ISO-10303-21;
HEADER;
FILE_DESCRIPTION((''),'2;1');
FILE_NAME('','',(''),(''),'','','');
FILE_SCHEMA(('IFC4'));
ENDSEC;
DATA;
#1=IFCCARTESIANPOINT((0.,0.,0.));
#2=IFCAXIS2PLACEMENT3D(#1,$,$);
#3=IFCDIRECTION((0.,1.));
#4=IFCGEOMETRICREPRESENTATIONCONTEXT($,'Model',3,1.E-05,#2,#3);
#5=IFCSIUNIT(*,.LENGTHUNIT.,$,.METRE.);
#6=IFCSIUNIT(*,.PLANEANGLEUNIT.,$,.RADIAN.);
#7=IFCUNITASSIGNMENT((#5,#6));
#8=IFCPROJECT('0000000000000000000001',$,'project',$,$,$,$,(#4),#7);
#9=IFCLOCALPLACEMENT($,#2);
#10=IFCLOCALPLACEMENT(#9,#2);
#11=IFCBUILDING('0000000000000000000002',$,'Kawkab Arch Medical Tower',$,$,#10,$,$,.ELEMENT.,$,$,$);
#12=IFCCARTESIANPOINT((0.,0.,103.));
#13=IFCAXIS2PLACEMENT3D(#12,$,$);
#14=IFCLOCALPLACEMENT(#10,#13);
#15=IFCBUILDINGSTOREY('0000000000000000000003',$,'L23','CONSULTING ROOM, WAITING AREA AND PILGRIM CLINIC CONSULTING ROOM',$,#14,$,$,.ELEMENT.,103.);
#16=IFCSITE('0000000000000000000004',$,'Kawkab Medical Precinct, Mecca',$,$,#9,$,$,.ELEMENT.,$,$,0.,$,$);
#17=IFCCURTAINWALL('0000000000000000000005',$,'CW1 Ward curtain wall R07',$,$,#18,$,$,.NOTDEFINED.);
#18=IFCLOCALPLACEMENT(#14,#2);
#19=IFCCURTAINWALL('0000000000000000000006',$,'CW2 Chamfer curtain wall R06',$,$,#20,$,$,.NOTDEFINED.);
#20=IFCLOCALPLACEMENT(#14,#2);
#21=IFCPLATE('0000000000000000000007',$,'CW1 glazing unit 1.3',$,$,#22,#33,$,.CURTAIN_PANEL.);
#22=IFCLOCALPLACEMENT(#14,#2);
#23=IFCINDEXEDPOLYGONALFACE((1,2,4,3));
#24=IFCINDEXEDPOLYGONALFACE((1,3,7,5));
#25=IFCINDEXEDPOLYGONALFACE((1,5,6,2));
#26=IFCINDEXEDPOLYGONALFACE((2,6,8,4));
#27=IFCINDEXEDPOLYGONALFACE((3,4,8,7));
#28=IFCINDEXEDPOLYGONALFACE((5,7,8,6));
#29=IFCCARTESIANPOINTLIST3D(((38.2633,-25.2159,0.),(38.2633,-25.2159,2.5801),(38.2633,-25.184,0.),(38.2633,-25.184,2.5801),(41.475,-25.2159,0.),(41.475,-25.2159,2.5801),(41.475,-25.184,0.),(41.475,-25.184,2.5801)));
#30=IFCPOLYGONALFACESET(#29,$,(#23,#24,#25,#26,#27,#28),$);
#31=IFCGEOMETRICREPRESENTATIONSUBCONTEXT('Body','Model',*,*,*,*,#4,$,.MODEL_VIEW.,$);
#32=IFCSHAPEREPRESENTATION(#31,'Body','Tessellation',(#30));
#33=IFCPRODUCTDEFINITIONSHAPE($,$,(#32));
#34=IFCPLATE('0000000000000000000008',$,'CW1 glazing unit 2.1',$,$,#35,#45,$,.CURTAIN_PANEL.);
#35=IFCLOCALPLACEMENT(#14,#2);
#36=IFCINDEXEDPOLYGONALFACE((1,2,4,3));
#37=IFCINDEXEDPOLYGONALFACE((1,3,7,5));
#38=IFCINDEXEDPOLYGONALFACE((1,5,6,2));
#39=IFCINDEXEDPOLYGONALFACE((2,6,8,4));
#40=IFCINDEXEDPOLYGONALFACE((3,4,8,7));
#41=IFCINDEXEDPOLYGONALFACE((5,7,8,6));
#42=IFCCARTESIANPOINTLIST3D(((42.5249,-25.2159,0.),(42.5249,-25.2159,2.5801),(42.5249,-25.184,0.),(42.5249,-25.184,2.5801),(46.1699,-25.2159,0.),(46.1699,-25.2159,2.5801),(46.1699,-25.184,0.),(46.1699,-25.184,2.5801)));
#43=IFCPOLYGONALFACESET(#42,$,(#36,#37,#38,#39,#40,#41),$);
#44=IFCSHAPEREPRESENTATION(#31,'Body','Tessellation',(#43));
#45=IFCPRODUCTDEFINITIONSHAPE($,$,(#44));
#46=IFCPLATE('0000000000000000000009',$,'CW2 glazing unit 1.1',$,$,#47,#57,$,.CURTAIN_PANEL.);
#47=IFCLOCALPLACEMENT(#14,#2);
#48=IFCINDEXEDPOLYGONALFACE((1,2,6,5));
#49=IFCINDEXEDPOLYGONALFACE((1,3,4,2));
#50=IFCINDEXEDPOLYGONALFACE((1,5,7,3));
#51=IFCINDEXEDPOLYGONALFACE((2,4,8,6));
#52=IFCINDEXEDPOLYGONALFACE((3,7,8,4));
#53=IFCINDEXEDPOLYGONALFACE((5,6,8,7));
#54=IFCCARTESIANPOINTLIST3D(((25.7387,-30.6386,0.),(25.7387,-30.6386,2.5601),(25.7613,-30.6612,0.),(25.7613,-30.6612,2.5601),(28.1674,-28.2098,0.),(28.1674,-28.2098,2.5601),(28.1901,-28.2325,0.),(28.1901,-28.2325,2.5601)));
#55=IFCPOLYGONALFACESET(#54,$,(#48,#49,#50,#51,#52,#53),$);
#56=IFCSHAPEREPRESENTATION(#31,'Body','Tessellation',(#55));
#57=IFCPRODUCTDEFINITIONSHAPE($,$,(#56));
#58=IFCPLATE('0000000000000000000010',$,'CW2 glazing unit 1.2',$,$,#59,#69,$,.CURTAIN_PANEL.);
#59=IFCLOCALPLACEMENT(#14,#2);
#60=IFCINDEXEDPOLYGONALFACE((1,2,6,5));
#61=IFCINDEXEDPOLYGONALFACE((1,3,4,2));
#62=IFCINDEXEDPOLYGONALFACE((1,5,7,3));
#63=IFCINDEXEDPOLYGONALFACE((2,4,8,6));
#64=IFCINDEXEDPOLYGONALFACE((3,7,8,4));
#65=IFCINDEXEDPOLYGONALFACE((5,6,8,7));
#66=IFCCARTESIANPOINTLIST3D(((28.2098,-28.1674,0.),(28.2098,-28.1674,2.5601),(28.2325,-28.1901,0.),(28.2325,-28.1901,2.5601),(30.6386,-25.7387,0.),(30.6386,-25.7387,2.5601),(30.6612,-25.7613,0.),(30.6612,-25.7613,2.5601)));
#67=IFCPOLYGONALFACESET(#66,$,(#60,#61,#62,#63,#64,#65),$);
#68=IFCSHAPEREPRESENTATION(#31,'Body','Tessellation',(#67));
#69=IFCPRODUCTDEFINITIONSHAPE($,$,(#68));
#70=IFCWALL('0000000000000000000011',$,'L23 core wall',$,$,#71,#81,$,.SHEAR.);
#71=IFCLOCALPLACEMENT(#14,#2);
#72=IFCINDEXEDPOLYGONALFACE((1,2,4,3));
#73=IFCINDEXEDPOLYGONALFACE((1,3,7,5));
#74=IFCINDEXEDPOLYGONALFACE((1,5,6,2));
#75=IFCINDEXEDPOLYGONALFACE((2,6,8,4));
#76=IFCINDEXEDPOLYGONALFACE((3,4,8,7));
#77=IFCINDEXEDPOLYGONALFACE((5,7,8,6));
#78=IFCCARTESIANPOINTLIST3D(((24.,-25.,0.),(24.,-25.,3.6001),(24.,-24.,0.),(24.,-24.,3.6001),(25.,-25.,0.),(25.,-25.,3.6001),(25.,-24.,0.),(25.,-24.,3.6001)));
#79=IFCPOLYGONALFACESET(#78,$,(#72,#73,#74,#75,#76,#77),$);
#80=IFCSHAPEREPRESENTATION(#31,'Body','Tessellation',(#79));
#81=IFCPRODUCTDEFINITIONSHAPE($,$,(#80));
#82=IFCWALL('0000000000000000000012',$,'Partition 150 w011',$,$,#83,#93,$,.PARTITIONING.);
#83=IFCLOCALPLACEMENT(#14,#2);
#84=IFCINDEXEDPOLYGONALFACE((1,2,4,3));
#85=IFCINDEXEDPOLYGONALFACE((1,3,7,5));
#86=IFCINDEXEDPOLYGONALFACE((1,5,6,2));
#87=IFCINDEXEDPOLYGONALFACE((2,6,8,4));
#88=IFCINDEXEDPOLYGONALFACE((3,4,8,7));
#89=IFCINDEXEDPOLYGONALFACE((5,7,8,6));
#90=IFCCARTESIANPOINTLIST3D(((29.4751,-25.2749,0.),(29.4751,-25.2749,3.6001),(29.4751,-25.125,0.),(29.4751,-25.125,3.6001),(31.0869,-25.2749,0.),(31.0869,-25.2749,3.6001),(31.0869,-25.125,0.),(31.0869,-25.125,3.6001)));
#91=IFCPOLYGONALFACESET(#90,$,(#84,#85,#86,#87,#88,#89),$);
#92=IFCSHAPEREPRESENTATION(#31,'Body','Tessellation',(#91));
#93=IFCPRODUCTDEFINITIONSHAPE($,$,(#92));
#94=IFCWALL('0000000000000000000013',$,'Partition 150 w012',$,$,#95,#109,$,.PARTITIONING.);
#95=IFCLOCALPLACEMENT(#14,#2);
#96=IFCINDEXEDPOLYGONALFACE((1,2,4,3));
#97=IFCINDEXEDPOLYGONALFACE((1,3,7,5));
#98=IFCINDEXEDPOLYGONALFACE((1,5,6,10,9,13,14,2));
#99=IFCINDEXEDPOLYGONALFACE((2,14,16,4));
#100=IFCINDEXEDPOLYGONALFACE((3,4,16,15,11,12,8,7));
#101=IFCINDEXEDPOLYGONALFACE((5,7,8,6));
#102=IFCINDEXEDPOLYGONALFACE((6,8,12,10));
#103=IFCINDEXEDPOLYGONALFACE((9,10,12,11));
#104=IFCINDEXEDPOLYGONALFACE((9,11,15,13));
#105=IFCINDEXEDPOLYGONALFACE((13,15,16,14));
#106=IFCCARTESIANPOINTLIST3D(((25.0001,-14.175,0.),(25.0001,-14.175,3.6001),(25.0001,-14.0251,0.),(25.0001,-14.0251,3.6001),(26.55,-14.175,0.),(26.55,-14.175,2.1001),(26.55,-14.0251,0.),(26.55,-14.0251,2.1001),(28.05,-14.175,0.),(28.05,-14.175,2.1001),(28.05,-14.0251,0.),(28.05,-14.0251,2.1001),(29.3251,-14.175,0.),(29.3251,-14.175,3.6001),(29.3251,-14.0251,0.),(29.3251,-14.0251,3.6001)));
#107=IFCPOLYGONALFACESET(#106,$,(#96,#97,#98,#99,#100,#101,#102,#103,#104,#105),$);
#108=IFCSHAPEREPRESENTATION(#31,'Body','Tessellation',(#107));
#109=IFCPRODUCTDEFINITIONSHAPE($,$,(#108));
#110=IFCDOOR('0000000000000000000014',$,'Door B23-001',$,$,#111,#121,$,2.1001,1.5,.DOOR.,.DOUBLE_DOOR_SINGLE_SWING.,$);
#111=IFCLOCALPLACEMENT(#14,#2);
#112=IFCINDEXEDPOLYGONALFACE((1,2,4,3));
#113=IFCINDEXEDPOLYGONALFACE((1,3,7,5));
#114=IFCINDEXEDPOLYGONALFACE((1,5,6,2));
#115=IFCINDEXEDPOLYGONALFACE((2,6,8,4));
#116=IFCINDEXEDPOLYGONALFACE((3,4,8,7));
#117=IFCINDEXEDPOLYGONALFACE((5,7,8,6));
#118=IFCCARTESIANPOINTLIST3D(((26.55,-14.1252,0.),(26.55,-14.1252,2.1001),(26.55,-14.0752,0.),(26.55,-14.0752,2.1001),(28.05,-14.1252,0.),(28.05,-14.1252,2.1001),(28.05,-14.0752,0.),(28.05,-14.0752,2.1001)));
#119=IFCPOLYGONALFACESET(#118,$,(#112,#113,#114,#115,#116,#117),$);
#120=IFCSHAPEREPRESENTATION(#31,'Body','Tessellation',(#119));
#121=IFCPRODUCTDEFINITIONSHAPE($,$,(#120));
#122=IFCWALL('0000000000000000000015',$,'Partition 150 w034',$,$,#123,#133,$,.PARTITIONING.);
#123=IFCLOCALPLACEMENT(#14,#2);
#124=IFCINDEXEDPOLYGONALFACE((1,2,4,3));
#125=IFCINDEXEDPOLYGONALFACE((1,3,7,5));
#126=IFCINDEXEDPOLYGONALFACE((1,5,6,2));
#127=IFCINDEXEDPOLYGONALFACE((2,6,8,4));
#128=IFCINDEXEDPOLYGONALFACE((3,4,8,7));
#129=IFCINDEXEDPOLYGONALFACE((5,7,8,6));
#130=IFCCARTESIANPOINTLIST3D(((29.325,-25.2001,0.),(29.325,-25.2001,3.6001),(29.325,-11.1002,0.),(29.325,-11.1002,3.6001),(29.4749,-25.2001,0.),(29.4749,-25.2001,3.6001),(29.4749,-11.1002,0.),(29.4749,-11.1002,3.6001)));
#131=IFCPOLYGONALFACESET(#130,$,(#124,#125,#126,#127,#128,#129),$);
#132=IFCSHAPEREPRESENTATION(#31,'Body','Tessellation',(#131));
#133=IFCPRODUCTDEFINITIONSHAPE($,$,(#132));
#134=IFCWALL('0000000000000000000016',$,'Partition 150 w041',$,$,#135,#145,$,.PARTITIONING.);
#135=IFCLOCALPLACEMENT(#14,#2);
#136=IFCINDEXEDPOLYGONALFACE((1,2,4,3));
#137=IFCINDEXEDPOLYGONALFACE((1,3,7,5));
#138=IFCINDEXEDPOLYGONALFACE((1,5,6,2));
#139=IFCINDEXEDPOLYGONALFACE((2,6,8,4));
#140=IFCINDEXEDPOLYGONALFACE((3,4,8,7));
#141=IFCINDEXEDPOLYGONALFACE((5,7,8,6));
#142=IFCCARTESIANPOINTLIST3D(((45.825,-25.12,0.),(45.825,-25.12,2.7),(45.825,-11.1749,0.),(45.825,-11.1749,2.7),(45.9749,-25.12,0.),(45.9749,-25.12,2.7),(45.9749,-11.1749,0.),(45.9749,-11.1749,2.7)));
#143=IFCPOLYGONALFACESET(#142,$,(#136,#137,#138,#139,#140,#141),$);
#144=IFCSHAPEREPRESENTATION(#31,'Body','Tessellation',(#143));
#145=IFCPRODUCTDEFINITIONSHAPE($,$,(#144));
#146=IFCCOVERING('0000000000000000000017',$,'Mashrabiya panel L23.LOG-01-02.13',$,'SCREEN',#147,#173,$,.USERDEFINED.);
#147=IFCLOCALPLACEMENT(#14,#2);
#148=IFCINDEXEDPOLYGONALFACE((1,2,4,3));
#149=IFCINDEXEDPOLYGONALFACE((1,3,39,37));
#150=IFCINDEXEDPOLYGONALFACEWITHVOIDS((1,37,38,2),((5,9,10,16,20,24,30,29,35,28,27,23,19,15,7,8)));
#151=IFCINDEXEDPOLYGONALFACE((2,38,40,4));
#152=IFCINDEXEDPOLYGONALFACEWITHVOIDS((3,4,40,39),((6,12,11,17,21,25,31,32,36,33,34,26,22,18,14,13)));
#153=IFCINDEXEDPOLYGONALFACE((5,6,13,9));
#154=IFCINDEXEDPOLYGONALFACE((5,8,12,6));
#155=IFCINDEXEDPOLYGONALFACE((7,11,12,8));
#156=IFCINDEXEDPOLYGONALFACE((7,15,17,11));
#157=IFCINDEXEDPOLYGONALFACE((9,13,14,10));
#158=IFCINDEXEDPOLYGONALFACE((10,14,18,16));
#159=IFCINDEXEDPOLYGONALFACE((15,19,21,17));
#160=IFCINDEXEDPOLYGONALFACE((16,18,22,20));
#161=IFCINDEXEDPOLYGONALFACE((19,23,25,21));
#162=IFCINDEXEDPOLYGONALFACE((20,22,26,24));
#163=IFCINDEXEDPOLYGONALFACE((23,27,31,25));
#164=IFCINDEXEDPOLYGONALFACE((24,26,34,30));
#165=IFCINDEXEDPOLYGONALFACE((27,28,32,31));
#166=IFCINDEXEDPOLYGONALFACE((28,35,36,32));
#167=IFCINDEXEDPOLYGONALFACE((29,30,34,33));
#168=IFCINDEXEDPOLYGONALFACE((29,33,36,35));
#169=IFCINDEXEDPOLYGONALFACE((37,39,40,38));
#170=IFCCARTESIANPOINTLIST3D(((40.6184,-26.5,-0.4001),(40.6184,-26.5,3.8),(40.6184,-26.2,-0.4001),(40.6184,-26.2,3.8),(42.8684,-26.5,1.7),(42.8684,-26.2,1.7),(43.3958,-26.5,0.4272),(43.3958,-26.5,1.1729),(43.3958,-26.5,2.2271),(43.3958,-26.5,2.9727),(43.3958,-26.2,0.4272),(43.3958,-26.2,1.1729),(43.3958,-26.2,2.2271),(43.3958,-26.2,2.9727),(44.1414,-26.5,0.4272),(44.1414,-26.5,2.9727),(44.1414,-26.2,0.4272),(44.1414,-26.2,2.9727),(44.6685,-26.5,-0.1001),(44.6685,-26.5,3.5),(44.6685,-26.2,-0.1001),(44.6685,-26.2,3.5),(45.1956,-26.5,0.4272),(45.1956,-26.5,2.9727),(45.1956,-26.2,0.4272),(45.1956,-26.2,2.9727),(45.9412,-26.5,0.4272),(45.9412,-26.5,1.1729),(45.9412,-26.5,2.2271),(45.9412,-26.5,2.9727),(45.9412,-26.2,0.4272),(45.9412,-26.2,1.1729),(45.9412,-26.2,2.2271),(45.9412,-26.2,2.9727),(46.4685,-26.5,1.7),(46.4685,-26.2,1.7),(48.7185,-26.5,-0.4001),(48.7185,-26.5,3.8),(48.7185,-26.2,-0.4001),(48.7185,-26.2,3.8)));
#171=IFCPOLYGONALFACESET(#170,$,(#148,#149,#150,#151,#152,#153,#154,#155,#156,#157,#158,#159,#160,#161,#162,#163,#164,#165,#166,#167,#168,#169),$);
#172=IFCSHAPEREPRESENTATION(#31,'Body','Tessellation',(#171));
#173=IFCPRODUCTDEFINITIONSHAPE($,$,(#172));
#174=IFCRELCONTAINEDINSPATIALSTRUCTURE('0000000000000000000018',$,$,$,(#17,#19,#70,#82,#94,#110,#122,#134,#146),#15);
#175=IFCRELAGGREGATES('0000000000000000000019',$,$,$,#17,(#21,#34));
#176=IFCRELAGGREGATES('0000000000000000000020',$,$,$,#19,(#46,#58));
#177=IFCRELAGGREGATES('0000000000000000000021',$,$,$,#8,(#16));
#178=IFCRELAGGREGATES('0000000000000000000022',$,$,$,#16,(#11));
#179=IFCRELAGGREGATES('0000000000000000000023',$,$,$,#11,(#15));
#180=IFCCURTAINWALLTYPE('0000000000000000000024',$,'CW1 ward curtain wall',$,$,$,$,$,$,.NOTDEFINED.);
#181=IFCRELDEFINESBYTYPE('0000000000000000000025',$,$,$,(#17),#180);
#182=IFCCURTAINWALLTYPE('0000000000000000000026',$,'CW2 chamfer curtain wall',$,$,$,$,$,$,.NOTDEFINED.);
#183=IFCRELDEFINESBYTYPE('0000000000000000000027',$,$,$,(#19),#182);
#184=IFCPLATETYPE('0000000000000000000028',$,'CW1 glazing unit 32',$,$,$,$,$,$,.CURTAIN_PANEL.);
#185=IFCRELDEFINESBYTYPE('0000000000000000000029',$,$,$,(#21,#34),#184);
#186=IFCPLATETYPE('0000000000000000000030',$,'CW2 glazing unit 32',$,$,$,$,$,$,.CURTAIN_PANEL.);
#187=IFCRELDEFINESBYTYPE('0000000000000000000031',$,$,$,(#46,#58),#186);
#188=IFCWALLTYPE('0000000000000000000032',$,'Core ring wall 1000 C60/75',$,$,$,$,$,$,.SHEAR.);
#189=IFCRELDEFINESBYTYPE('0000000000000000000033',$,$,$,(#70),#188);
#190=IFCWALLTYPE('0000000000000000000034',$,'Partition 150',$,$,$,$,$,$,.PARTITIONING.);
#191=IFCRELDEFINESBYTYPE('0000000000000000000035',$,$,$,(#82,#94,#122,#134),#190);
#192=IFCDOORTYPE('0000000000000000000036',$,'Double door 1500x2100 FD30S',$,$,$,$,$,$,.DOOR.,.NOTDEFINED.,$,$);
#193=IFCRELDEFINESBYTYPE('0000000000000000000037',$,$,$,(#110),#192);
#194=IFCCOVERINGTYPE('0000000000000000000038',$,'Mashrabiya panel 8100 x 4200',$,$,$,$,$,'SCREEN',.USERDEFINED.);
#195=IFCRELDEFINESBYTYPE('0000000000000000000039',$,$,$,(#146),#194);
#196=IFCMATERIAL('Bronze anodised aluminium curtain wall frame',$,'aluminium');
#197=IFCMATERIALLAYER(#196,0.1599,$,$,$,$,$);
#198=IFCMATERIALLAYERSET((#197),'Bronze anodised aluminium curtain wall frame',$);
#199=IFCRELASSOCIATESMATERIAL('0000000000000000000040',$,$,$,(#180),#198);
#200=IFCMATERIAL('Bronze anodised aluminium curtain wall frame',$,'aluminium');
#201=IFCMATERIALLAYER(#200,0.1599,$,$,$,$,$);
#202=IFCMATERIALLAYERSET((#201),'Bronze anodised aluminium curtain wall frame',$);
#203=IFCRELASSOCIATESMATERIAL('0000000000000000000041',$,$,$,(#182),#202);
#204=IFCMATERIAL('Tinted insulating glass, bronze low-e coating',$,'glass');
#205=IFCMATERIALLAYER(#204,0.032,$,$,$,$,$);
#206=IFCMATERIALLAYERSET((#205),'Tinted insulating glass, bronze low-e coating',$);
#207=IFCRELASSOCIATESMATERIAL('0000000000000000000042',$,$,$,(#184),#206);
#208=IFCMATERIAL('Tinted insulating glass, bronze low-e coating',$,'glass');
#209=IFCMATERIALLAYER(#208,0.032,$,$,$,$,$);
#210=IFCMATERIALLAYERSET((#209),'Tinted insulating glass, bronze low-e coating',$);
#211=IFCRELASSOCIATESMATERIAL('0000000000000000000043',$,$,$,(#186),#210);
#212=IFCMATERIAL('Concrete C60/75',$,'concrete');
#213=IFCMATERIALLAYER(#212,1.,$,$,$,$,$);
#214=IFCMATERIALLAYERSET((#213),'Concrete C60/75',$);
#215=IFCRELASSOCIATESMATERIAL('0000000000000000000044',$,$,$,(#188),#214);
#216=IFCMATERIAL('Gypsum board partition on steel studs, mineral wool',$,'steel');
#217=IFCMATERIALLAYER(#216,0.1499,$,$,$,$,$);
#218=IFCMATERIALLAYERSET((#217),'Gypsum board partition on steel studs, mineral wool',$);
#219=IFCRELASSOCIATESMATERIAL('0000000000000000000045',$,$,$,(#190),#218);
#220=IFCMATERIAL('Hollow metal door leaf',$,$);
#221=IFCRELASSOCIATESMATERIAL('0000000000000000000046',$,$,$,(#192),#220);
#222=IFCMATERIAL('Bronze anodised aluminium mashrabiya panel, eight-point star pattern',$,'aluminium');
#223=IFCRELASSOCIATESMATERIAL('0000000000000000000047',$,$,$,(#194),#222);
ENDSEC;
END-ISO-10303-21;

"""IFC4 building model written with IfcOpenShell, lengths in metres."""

from ifc_helpers import new_model, si_unit, direction, frame, frame_2d, origin, origin_2d, place, context, subcontext, project, spatial, polyline, rectangle, outline, extrude, material, layer, layer_set, material_profile, profile_set, type_object, element, fill, aggregate, save


model = new_model("IFC4")

# Units and contexts
model_context = context("Model", 3, precision=1e-05, world=origin(), true_north=direction((0.0, 1.0)))
body_context = subcontext(model_context, "Body", "Model", "MODEL_VIEW")
ifc_project = project(units=[si_unit("LENGTHUNIT", "METRE"), si_unit("PLANEANGLEUNIT", "RADIAN")], contexts=[model_context])

# Site, building, storey
site_placement = place(None, origin())
site = spatial("IfcSite", under=ifc_project, at=site_placement, Name="Kawkab Medical Precinct, Mecca", CompositionType="ELEMENT", RefElevation=0.0)
building_placement = place(site_placement, origin())
building = spatial("IfcBuilding", under=site, at=building_placement, Name="Kawkab Arch Medical Tower", CompositionType="ELEMENT")
storey_placement = place(building_placement, frame((0.0, 0.0, 103.0)))
storey = spatial("IfcBuildingStorey", under=building, at=storey_placement, Name="L23", Description="CONSULTING ROOM, WAITING AREA AND PILGRIM CLINIC CONSULTING ROOM", CompositionType="ELEMENT", Elevation=103.0)

# Curtain wall
ifc_material_1 = material(Name="Bronze anodised aluminium curtain wall frame", Category="aluminium")
ifc_layer_1 = layer(ifc_material_1, 0.1599)
ifc_layer_set_1 = layer_set([ifc_layer_1], Name="Bronze anodised aluminium curtain wall frame")
curtain_wall_type_1 = type_object("IfcCurtainWallType", Name="CW1 ward curtain wall", PredefinedType="NOTDEFINED", material=ifc_layer_set_1)
placement = place(storey_placement, origin())
curtain_wall_1 = element("IfcCurtainWall", 1, at=placement, inside=storey, type_object=curtain_wall_type_1, Name="CW1 Ward curtain wall R07", PredefinedType="NOTDEFINED")

# Curtain wall
ifc_material_2 = material(Name="Bronze anodised aluminium curtain wall frame", Category="aluminium")
ifc_layer_2 = layer(ifc_material_2, 0.1599)
ifc_layer_set_2 = layer_set([ifc_layer_2], Name="Bronze anodised aluminium curtain wall frame")
curtain_wall_type_2 = type_object("IfcCurtainWallType", Name="CW2 chamfer curtain wall", PredefinedType="NOTDEFINED", material=ifc_layer_set_2)
curtain_wall_2 = element("IfcCurtainWall", 2, at=placement, inside=storey, type_object=curtain_wall_type_2, Name="CW2 Chamfer curtain wall R06", PredefinedType="NOTDEFINED")

# Plates
ifc_material_3 = material(Name="Tinted insulating glass, bronze low-e coating", Category="glass")
ifc_layer_3 = layer(ifc_material_3, 0.032)
ifc_layer_set_3 = layer_set([ifc_layer_3], Name="Tinted insulating glass, bronze low-e coating")
plate_type_1 = type_object("IfcPlateType", Name="CW1 glazing unit 32", PredefinedType="CURTAIN_PANEL", material=ifc_layer_set_3)
plate_1_placement = place(storey_placement, frame((39.8691, -25.2, 0.0), z_axis=(0.0, 0.0, 1.0), x_axis=(1.0, 0.0, 0.0)))
plate_1 = element("IfcPlate", 3, at=plate_1_placement, type_object=plate_type_1, Name="CW1 glazing unit 1.3", PredefinedType="CURTAIN_PANEL", context=body_context, shape_type="SweptSolid", body=[
    extrude(rectangle(XDim=3.2117, YDim=0.032, at=origin_2d()), origin(), (0.0, 0.0, 1.0), 2.5801),
])
plate_2_placement = place(storey_placement, frame((44.3474, -25.2, 0.0), z_axis=(0.0, 0.0, 1.0), x_axis=(1.0, 0.0, 0.0)))
plate_2 = element("IfcPlate", 4, at=plate_2_placement, type_object=plate_type_1, Name="CW1 glazing unit 2.1", PredefinedType="CURTAIN_PANEL", context=body_context, shape_type="SweptSolid", body=[
    extrude(rectangle(XDim=3.645, YDim=0.032, at=origin_2d()), origin(), (0.0, 0.0, 1.0), 2.5801),
])
aggregate(curtain_wall_1, [plate_1, plate_2])
ifc_material_4 = material(Name="Tinted insulating glass, bronze low-e coating", Category="glass")
ifc_layer_4 = layer(ifc_material_4, 0.032)
ifc_layer_set_4 = layer_set([ifc_layer_4], Name="Tinted insulating glass, bronze low-e coating")
plate_type_2 = type_object("IfcPlateType", Name="CW2 glazing unit 32", PredefinedType="CURTAIN_PANEL", material=ifc_layer_set_4)
plate_3_placement = place(storey_placement, frame((26.9644, -29.4355, 0.0), z_axis=(0.0, 0.0, 1.0), x_axis=(0.707107, 0.707107, 0.0)))
plate_3 = element("IfcPlate", 5, at=plate_3_placement, type_object=plate_type_2, Name="CW2 glazing unit 1.1", PredefinedType="CURTAIN_PANEL", context=body_context, shape_type="SweptSolid", body=[
    extrude(rectangle(XDim=3.4348, YDim=0.032, at=origin_2d()), origin(), (0.0, 0.0, 1.0), 2.5601),
])
plate_4_placement = place(storey_placement, frame((29.4355, -26.9644, 0.0), z_axis=(0.0, 0.0, 1.0), x_axis=(0.707107, 0.707107, 0.0)))
plate_4 = element("IfcPlate", 6, at=plate_4_placement, type_object=plate_type_2, Name="CW2 glazing unit 1.2", PredefinedType="CURTAIN_PANEL", context=body_context, shape_type="SweptSolid", body=[
    extrude(rectangle(XDim=3.4348, YDim=0.032, at=origin_2d()), origin(), (0.0, 0.0, 1.0), 2.5601),
])
aggregate(curtain_wall_2, [plate_3, plate_4])

# Walls
ifc_material_5 = material(Name="Concrete C60/75", Category="concrete")
ifc_layer_5 = layer(ifc_material_5, 1.0)
ifc_layer_set_5 = layer_set([ifc_layer_5], Name="Concrete C60/75")
wall_type_1 = type_object("IfcWallType", Name="Core ring wall 1000 C60/75", PredefinedType="SHEAR", material=ifc_layer_set_5)
wall_1_placement = place(storey_placement, frame((24.5, -25.0, 0.0), z_axis=(0.0, 0.0, 1.0), x_axis=(0.0, 1.0, 0.0)))
element("IfcWall", 7, at=wall_1_placement, inside=storey, type_object=wall_type_1, Name="L23 core wall", PredefinedType="SHEAR", context=body_context, shape_type="SweptSolid", body=[
    extrude(rectangle(XDim=1.0, YDim=1.0, at=frame_2d((0.5, 0.0))), origin(), (0.0, 0.0, 1.0), 3.6001),
])
ifc_material_6 = material(Name="Gypsum board partition on steel studs, mineral wool", Category="steel")
ifc_layer_6 = layer(ifc_material_6, 0.1499)
ifc_layer_set_6 = layer_set([ifc_layer_6], Name="Gypsum board partition on steel studs, mineral wool")
wall_type_2 = type_object("IfcWallType", Name="Partition 150", PredefinedType="PARTITIONING", material=ifc_layer_set_6)
wall_2_placement = place(storey_placement, frame((29.4751, -25.2, 0.0), z_axis=(0.0, 0.0, 1.0), x_axis=(1.0, 0.0, 0.0)))
element("IfcWall", 8, at=wall_2_placement, inside=storey, type_object=wall_type_2, Name="Partition 150 w011", PredefinedType="PARTITIONING", context=body_context, shape_type="SweptSolid", body=[
    extrude(rectangle(XDim=1.6118, YDim=0.1499, at=frame_2d((0.8059, 0.0))), origin(), (0.0, 0.0, 1.0), 3.6001),
])

# Wall, opening, door
wall_3_placement = place(storey_placement, frame((25.0, -14.1001, 0.0), z_axis=(0.0, 0.0, 1.0), x_axis=(1.0, 0.0, 0.0)))
wall_3 = element("IfcWall", 9, at=wall_3_placement, inside=storey, type_object=wall_type_2, Name="Partition 150 w012", PredefinedType="PARTITIONING", context=body_context, shape_type="SweptSolid", body=[
    extrude(rectangle(XDim=4.325, YDim=0.1499, at=frame_2d((2.1626, 0.0))), origin(), (0.0, 0.0, 1.0), 3.6001),
])
opening_placement = place(wall_3_placement, frame((1.55, 0.0, 0.0)))
opening = element("IfcOpeningElement", 10, at=opening_placement, cuts=wall_3, PredefinedType="OPENING", context=body_context, shape_type="SweptSolid", body=[
    extrude(rectangle(XDim=1.5, YDim=2.1001, at=frame_2d((0.75, 1.05))), frame((0.0, 0.085, 0.0), z_axis=(0.0, -1.0, 0.0), x_axis=(1.0, 0.0, 0.0)), (0.0, 0.0, 1.0), 0.1699),
])
ifc_material_7 = material(Name="Hollow metal door leaf")
door_type = type_object("IfcDoorType", Name="Double door 1500x2100 FD30S", OperationType="NOTDEFINED", PredefinedType="DOOR", material=ifc_material_7)
door_placement = place(opening_placement, origin())
door = element("IfcDoor", 11, at=door_placement, inside=storey, type_object=door_type, Name="Door B23-001", OperationType="DOUBLE_DOOR_SINGLE_SWING", OverallHeight=2.1001, OverallWidth=1.5, PredefinedType="DOOR", context=body_context, shape_type="SweptSolid", body=[
    extrude(rectangle(XDim=1.5, YDim=2.1001, at=frame_2d((0.75, 1.05))), frame((0.0, 0.0249, 0.0), z_axis=(0.0, -1.0, 0.0), x_axis=(1.0, 0.0, 0.0)), (0.0, 0.0, 1.0), 0.05),
])
fill(opening, door)

# Walls
wall_4_placement = place(storey_placement, frame((29.3999, -25.2, 0.0), z_axis=(0.0, 0.0, 1.0), x_axis=(0.0, 1.0, 0.0)))
element("IfcWall", 12, at=wall_4_placement, inside=storey, type_object=wall_type_2, Name="Partition 150 w034", PredefinedType="PARTITIONING", context=body_context, shape_type="SweptSolid", body=[
    extrude(rectangle(XDim=14.0999, YDim=0.1499, at=frame_2d((7.0498, 0.0))), origin(), (0.0, 0.0, 1.0), 3.6001),
])
wall_5_placement = place(storey_placement, frame((45.8999, -25.1201, 0.0), z_axis=(0.0, 0.0, 1.0), x_axis=(0.0, 1.0, 0.0)))
element("IfcWall", 13, at=wall_5_placement, inside=storey, type_object=wall_type_2, Name="Partition 150 w041", PredefinedType="PARTITIONING", context=body_context, shape_type="SweptSolid", body=[
    extrude(rectangle(XDim=13.9451, YDim=0.1499, at=frame_2d((6.9727, 0.0))), origin(), (0.0, 0.0, 1.0), 2.7),
])

# Covering
ifc_material_8 = material(Name="Bronze anodised aluminium mashrabiya panel, eight-point star pattern", Category="aluminium")
ifc_material_profile_1 = material_profile(ifc_material_8, outline(polyline([(-4.05, -2.1001), (4.05, -2.1001), (4.05, 2.1001), (-4.05, 2.1001), (-4.05, -2.1001)]), holes=[polyline([(1.8, 0.0), (1.2727, 0.5271), (1.2727, 1.2727), (0.5271, 1.2727), (0.0, 1.8), (-0.5271, 1.2727), (-1.2727, 1.2727), (-1.2727, 0.5271), (-1.8, 0.0), (-1.2727, -0.5271), (-1.2727, -1.2727), (-0.5271, -1.2727), (0.0, -1.8), (0.5271, -1.2727), (1.2727, -1.2727), (1.2727, -0.5271), (1.8, 0.0)])]), Name="Mashrabiya panel 8100x4200")
ifc_profile_set_1 = profile_set([ifc_material_profile_1], Name="Bronze anodised aluminium mashrabiya panel, eight-point star pattern")
covering_type_1 = type_object("IfcCoveringType", Name="Mashrabiya panel 8100 x 4200", ElementType="SCREEN", PredefinedType="USERDEFINED", material=ifc_profile_set_1)
covering_1_placement = place(storey_placement, frame((44.6685, -26.2, 1.7), z_axis=(0.0, -1.0, 0.0), x_axis=(1.0, 0.0, 0.0)))
element("IfcCovering", 14, at=covering_1_placement, inside=storey, type_object=covering_type_1, Name="Mashrabiya panel L23.LOG-01-02.13", ObjectType="SCREEN", PredefinedType="USERDEFINED", context=body_context, shape_type="SweptSolid", body=[
    extrude(outline(polyline([(-4.05, -2.1001), (4.05, -2.1001), (4.05, 2.1001), (-4.05, 2.1001), (-4.05, -2.1001)]), holes=[polyline([(1.8, 0.0), (1.2727, 0.5271), (1.2727, 1.2727), (0.5271, 1.2727), (0.0, 1.8), (-0.5271, 1.2727), (-1.2727, 1.2727), (-1.2727, 0.5271), (-1.8, 0.0), (-1.2727, -0.5271), (-1.2727, -1.2727), (-0.5271, -1.2727), (0.0, -1.8), (0.5271, -1.2727), (1.2727, -1.2727), (1.2727, -0.5271), (1.8, 0.0)])]), origin(), (0.0, 0.0, 1.0), 0.3),
])

save(model, "model.ifc")
